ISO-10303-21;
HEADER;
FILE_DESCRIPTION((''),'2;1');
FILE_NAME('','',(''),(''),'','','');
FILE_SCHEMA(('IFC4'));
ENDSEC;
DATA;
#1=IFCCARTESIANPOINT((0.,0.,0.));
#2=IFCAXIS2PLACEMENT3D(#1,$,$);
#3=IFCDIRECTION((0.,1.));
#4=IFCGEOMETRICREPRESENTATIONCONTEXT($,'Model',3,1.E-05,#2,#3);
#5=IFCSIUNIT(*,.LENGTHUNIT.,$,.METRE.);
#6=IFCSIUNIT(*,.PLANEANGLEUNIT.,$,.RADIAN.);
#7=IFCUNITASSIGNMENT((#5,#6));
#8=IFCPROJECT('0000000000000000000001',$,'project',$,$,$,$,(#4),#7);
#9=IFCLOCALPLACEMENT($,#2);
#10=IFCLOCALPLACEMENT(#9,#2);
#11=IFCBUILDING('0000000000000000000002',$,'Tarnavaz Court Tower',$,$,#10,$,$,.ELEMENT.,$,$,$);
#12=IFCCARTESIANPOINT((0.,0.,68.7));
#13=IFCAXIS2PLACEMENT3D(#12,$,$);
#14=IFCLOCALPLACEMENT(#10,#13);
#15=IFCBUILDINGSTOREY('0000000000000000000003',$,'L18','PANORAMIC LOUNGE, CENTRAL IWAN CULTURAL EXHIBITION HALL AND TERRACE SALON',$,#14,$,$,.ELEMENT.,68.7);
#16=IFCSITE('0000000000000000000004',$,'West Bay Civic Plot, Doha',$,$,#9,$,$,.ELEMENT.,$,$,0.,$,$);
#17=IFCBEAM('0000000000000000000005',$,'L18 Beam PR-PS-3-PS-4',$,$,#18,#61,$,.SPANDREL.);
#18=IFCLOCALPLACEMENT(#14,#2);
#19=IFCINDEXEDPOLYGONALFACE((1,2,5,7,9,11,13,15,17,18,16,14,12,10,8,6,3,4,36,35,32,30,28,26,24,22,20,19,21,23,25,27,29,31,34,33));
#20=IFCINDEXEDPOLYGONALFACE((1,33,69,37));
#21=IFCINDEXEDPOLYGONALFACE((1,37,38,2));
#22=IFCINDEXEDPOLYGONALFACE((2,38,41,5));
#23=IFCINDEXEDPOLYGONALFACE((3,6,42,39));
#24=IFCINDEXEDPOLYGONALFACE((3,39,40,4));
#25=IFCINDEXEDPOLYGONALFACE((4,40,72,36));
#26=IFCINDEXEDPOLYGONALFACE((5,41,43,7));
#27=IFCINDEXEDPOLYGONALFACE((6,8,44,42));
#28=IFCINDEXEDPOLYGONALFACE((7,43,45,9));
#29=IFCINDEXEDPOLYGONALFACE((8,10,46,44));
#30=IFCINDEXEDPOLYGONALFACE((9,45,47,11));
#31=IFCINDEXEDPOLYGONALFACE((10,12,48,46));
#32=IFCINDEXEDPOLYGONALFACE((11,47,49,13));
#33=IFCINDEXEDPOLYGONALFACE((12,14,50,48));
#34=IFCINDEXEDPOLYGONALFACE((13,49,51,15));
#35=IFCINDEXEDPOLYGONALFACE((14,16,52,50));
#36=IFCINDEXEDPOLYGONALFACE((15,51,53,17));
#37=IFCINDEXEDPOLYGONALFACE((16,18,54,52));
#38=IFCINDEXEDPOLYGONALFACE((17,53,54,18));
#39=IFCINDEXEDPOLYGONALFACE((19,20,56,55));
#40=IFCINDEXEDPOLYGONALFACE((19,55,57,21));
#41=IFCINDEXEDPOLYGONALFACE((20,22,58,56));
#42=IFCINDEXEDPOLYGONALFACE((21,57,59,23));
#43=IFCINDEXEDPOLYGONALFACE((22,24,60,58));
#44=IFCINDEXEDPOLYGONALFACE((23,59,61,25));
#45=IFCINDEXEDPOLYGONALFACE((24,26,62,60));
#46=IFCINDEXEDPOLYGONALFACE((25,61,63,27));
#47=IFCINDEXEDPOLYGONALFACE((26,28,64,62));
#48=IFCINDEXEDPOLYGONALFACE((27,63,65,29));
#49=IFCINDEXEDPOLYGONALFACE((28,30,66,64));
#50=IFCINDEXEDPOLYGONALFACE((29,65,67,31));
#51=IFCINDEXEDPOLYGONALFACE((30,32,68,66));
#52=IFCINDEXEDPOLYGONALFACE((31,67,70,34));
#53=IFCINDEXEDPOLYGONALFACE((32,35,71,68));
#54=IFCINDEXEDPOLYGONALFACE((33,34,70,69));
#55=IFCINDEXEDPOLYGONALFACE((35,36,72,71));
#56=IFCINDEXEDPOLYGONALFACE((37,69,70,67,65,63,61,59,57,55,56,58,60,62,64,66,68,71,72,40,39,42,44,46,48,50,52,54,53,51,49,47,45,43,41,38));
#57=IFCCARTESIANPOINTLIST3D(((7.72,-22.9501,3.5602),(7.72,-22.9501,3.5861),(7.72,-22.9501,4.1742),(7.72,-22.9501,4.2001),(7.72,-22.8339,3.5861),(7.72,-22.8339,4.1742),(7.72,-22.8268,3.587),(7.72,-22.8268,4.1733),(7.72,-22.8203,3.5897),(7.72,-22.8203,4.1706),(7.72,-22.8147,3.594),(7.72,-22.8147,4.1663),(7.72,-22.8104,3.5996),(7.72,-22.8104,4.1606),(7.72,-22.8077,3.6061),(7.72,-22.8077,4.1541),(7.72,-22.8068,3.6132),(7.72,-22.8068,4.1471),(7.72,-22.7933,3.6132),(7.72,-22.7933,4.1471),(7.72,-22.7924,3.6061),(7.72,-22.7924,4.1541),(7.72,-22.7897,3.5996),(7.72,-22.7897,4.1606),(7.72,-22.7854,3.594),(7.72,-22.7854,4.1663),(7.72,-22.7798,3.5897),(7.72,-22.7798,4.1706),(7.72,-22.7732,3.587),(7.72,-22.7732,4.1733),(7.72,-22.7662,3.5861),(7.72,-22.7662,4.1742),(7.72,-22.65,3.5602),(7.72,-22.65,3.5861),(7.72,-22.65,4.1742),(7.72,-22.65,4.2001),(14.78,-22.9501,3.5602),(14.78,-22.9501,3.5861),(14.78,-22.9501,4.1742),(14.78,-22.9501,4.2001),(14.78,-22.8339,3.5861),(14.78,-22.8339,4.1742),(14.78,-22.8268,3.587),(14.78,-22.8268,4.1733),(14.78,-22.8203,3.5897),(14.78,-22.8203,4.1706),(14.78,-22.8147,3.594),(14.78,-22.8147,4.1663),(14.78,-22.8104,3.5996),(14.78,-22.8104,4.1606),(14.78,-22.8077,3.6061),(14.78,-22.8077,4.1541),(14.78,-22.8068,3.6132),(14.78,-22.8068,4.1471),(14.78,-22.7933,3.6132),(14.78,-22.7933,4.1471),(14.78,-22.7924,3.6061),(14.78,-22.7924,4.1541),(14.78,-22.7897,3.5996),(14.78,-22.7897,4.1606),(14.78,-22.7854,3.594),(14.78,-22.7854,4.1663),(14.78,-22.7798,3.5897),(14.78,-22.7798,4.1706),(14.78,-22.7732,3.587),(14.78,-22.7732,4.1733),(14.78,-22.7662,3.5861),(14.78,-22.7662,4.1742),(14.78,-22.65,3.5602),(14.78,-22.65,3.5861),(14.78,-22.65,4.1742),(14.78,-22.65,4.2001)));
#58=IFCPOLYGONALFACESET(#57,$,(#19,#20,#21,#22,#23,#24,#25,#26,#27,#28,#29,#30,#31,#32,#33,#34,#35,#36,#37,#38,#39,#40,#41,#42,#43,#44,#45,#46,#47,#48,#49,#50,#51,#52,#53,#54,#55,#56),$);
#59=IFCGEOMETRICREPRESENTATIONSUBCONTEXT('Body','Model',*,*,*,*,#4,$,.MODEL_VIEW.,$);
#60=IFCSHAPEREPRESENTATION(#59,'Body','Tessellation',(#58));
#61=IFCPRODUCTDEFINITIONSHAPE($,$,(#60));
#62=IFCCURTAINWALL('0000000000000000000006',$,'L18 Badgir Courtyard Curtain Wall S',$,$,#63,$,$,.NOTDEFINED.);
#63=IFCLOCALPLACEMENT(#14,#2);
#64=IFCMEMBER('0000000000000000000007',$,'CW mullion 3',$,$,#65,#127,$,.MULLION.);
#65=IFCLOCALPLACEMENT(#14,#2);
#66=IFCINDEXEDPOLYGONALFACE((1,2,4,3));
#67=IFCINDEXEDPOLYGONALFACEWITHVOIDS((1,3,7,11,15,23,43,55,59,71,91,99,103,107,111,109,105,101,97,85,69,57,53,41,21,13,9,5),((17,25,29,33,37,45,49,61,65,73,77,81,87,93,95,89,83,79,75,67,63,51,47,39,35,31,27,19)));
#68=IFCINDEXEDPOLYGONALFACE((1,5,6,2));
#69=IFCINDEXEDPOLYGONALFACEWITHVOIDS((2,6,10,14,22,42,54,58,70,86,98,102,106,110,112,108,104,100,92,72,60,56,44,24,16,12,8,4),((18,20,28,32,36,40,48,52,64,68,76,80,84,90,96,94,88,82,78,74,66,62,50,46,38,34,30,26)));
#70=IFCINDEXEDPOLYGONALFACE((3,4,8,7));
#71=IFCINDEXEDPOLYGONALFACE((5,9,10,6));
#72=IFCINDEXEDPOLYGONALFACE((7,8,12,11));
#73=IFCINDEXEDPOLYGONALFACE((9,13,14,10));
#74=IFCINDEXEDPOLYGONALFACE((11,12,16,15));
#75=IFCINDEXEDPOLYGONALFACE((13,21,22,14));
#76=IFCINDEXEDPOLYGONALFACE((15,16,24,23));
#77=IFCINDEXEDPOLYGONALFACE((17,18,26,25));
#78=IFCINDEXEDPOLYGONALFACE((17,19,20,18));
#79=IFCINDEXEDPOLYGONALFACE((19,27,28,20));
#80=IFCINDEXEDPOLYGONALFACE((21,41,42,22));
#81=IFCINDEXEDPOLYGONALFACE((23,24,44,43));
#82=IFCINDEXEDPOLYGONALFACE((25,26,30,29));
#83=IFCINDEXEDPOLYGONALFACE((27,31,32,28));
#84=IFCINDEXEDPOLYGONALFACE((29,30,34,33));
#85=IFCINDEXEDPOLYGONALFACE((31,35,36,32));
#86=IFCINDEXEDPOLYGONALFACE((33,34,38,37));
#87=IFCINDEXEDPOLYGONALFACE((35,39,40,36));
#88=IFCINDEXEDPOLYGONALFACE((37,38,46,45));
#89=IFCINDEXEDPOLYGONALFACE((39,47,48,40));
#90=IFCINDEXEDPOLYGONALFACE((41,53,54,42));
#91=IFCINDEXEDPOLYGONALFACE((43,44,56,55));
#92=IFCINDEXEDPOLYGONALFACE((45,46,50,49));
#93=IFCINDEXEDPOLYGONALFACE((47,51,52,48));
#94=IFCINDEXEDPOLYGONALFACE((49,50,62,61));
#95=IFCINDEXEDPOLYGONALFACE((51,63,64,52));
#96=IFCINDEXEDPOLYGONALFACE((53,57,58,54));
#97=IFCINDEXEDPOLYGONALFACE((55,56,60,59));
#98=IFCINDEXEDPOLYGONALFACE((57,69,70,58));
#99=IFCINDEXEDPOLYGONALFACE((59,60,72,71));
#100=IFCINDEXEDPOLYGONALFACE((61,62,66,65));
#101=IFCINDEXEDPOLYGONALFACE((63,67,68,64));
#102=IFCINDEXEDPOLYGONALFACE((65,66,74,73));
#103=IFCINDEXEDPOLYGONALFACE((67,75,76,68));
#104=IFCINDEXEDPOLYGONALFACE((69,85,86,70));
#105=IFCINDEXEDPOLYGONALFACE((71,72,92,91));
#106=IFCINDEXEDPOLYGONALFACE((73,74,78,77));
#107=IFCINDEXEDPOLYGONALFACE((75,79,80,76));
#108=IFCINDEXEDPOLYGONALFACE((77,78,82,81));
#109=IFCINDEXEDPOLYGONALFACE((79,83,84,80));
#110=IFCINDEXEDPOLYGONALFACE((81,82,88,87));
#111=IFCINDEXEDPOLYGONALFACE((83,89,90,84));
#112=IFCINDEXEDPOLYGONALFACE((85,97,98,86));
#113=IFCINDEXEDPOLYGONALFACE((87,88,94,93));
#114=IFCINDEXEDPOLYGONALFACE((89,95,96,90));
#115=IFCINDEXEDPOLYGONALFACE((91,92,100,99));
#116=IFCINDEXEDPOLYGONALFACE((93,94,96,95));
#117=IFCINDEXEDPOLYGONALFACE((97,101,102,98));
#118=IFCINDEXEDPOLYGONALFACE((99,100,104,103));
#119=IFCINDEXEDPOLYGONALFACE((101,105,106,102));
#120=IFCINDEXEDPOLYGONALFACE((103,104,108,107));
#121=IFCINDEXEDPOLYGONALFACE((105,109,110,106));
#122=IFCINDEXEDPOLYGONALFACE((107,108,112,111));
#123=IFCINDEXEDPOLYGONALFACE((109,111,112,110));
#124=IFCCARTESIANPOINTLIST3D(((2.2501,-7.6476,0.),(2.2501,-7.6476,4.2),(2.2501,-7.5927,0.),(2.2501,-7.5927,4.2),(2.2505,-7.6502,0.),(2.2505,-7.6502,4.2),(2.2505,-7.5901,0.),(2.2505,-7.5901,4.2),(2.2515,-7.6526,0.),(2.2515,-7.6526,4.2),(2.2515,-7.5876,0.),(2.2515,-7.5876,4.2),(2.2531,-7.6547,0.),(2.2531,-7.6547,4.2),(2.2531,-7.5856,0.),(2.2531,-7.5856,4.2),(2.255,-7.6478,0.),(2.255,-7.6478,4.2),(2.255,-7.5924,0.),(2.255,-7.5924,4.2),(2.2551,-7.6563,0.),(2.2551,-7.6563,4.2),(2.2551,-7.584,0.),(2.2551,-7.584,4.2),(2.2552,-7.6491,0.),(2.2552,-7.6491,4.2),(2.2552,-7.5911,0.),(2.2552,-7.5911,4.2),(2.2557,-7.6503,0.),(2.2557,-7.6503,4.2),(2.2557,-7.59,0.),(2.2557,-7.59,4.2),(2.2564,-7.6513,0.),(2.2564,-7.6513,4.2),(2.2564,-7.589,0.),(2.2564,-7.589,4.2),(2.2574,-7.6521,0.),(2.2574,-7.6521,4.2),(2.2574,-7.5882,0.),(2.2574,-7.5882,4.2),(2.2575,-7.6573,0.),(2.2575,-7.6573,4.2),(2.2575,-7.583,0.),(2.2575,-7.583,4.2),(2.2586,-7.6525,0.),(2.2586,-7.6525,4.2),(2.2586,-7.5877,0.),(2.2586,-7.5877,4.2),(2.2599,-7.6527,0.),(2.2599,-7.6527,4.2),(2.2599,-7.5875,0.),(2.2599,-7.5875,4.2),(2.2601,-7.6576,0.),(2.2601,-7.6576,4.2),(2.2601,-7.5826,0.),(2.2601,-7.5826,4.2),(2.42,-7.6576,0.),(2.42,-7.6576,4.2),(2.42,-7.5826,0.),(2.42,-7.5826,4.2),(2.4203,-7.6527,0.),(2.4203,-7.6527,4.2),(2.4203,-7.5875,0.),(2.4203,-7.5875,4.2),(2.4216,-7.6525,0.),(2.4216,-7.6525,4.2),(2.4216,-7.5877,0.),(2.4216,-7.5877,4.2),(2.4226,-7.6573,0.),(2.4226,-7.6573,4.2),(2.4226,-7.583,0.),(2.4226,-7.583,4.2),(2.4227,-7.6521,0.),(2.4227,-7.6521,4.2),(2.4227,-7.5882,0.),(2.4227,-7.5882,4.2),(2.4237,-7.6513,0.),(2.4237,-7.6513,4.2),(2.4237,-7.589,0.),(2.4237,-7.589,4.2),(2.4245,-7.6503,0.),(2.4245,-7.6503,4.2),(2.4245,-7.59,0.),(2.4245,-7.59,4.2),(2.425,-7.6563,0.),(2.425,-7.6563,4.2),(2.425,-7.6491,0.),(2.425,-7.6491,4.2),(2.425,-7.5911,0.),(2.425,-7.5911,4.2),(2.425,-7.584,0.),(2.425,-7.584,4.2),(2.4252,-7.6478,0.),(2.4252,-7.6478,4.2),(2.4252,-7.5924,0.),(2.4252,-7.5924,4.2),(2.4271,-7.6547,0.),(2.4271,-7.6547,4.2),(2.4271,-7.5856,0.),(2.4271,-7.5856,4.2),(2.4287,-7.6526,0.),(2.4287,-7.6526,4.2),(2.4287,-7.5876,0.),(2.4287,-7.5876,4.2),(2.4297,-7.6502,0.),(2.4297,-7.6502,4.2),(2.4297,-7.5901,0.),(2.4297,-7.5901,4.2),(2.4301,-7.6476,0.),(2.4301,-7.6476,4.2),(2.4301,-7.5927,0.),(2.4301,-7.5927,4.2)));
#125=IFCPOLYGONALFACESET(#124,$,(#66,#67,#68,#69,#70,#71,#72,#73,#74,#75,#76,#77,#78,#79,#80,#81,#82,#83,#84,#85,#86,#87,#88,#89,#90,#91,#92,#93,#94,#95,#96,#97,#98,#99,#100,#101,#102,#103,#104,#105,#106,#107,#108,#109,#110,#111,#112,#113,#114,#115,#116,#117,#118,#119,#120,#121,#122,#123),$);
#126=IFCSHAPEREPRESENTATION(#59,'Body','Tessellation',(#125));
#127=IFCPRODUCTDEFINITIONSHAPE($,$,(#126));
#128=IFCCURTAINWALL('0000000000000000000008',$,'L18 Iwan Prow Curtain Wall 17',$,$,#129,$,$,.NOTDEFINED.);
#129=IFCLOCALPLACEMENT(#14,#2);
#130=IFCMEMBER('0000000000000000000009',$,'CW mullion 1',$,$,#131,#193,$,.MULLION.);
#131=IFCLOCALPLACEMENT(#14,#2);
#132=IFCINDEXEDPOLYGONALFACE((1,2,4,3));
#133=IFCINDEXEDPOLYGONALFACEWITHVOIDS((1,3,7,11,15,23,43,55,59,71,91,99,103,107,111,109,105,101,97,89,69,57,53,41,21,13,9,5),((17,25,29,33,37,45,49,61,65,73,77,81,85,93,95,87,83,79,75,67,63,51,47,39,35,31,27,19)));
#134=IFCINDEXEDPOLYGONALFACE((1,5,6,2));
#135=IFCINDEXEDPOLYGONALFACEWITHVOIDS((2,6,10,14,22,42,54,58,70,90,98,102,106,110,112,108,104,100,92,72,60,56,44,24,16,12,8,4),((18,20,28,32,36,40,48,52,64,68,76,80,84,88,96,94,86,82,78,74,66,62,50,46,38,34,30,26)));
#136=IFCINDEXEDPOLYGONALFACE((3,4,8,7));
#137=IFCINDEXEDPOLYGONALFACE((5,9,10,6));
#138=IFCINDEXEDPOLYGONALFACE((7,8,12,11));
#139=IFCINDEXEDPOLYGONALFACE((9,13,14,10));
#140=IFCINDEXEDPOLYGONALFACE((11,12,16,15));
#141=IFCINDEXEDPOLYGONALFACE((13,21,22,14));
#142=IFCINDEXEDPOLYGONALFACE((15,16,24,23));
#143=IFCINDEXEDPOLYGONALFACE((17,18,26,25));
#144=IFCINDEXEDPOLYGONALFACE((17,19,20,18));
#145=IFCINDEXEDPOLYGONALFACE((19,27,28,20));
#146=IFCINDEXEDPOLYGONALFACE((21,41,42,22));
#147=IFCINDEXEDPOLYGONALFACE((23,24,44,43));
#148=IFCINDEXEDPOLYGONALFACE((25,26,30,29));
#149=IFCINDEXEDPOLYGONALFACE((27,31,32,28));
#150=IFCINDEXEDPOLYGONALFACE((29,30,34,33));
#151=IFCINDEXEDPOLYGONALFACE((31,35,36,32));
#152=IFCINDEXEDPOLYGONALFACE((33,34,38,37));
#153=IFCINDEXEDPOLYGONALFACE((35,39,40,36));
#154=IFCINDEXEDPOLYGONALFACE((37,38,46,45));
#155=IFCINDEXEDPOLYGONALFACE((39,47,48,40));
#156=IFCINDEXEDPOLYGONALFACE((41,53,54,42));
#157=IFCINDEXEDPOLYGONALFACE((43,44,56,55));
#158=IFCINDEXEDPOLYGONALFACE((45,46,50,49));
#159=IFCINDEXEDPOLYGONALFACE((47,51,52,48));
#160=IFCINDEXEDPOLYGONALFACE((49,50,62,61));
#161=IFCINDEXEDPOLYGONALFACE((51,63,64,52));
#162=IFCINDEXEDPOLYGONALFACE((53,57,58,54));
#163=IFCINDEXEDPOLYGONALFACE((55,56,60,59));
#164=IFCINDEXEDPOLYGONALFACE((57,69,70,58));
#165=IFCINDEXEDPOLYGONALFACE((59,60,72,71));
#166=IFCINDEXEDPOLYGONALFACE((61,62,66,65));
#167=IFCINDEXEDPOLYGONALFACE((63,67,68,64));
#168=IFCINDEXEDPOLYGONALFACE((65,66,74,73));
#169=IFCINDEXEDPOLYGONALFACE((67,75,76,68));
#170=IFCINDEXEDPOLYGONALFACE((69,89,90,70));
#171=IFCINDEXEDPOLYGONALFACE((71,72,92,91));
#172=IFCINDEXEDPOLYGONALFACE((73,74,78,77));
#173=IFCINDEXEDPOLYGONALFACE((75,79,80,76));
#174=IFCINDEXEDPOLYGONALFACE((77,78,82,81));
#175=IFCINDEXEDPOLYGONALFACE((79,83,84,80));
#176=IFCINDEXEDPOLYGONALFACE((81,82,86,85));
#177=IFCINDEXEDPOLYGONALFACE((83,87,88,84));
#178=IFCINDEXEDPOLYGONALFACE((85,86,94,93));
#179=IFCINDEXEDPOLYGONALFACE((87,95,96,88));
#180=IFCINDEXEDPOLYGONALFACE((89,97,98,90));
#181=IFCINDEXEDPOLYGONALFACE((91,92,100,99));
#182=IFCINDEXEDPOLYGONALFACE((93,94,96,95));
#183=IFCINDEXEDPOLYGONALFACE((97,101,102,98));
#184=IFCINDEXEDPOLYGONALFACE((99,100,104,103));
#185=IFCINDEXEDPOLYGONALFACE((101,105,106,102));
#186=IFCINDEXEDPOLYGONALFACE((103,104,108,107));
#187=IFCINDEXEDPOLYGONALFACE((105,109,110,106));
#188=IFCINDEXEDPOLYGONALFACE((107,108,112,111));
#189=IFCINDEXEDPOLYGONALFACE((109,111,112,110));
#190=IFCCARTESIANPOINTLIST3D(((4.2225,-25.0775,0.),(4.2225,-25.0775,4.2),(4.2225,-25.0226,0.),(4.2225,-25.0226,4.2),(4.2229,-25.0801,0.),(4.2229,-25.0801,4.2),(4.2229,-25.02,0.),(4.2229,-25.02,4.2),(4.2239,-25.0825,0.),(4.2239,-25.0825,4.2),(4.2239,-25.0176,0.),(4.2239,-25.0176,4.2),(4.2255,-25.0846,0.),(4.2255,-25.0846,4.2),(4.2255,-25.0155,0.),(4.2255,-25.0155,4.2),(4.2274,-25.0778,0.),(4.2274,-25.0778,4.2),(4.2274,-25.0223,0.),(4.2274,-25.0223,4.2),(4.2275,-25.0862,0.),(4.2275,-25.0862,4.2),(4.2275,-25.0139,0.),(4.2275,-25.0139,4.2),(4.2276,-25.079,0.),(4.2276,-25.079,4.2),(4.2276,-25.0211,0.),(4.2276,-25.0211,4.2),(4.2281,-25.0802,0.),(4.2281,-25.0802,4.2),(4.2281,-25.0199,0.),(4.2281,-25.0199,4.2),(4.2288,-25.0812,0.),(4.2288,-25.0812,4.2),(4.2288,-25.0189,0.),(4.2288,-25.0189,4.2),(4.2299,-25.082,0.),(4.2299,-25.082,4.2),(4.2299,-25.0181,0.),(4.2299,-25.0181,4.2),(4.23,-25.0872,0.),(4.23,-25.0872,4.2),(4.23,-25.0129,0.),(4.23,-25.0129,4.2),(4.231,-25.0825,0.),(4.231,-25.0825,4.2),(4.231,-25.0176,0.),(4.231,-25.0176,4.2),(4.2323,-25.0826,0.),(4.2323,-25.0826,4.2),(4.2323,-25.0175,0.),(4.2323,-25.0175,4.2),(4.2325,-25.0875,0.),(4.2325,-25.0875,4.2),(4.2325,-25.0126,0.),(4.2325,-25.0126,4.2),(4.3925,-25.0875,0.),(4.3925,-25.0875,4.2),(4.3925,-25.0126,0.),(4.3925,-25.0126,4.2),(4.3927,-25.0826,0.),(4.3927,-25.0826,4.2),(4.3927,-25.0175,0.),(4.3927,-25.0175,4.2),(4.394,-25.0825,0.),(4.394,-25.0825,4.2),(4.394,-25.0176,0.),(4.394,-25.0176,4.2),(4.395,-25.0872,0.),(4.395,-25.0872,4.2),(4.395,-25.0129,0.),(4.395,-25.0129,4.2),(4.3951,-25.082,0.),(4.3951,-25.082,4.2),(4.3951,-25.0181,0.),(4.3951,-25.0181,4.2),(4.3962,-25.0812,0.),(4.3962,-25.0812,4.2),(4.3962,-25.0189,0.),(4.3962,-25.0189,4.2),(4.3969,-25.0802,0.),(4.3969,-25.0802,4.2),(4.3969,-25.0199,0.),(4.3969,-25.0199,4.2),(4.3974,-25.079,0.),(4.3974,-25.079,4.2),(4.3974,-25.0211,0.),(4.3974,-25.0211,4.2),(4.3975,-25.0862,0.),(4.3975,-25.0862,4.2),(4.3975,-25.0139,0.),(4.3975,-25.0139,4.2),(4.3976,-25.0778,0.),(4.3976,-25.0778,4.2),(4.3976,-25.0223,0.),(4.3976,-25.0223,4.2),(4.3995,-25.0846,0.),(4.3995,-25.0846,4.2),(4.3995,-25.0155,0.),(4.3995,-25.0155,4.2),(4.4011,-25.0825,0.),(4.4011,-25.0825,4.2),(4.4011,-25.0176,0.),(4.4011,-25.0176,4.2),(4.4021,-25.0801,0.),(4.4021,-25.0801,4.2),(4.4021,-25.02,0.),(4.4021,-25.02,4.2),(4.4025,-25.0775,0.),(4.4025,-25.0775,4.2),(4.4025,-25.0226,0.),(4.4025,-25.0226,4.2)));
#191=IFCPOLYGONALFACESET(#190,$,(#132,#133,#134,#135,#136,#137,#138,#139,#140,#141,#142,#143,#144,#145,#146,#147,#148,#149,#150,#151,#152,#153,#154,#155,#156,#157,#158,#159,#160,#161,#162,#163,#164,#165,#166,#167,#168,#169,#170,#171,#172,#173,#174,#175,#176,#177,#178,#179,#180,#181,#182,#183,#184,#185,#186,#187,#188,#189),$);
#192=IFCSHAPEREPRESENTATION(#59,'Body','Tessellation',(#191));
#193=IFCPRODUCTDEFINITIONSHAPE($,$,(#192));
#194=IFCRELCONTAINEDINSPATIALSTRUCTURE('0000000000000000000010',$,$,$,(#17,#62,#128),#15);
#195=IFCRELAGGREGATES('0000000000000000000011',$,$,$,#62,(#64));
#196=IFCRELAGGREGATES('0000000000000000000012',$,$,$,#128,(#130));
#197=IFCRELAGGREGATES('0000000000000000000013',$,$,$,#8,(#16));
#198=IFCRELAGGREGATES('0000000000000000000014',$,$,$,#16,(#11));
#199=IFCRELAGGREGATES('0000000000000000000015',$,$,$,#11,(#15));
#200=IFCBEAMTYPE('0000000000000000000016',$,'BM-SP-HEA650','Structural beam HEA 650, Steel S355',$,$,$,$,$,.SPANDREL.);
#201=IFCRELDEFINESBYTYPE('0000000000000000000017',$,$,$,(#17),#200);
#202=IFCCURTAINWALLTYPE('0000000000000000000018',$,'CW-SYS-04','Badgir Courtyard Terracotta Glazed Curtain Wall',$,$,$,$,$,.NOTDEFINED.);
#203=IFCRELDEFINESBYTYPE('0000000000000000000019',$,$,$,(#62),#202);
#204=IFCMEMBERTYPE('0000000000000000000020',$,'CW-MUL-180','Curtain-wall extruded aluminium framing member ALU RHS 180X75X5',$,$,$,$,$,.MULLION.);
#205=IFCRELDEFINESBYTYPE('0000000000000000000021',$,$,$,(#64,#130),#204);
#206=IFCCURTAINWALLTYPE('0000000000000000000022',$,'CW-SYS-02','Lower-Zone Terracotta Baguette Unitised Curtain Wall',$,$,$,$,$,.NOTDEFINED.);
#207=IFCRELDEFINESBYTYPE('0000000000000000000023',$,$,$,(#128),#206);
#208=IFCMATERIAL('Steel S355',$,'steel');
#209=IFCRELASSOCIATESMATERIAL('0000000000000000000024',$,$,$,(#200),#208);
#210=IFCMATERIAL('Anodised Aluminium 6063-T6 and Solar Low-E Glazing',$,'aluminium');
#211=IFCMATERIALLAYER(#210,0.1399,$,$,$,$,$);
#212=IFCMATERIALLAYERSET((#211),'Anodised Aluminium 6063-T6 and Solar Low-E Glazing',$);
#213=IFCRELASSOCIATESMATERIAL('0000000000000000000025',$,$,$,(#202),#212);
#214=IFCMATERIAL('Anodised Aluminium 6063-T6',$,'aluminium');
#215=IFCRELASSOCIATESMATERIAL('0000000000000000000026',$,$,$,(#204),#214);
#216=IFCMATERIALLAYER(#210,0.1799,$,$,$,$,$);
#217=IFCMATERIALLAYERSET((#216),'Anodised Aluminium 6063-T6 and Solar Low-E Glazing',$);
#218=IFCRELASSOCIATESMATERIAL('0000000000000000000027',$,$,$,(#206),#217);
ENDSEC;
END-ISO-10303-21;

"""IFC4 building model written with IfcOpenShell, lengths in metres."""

from ifc_helpers import new_model, si_unit, direction, frame, origin, origin_2d, place, context, subcontext, project, spatial, hollow_rectangle, i_section, extrude, material, layer, layer_set, material_profile, profile_set, type_object, element, aggregate, save


model = new_model("IFC4")

# Units and contexts
model_context = context("Model", 3, precision=1e-05, world=origin(), true_north=direction((0.0, 1.0)))
body_context = subcontext(model_context, "Body", "Model", "MODEL_VIEW")
ifc_project = project(units=[si_unit("LENGTHUNIT", "METRE"), si_unit("PLANEANGLEUNIT", "RADIAN")], contexts=[model_context])

# Site, building, storey
site_placement = place(None, origin())
site = spatial("IfcSite", under=ifc_project, at=site_placement, Name="West Bay Civic Plot, Doha", CompositionType="ELEMENT", RefElevation=0.0)
building_placement = place(site_placement, origin())
building = spatial("IfcBuilding", under=site, at=building_placement, Name="Tarnavaz Court Tower", CompositionType="ELEMENT")
storey_placement = place(building_placement, frame((0.0, 0.0, 68.7)))
storey = spatial("IfcBuildingStorey", under=building, at=storey_placement, Name="L18", Description="PANORAMIC LOUNGE, CENTRAL IWAN CULTURAL EXHIBITION HALL AND TERRACE SALON", CompositionType="ELEMENT", Elevation=68.7)

# Beam
ifc_material_1 = material(Name="Steel S355", Category="steel")
ifc_material_profile_1 = material_profile(ifc_material_1, i_section(OverallWidth=0.3, OverallDepth=0.6399, WebThickness=0.0134, FlangeThickness=0.0259, FilletRadius=0.0271, at=origin_2d()), Name="HEA 650")
ifc_profile_set_1 = profile_set([ifc_material_profile_1], Name="Steel S355")
beam_type_1 = type_object("IfcBeamType", Name="BM-SP-HEA650", Description="Structural beam HEA 650, Steel S355", PredefinedType="SPANDREL", material=ifc_profile_set_1)
beam_1_placement = place(storey_placement, frame((7.72, -22.8, 3.8801), z_axis=(1.0, 0.0, 0.0), x_axis=(0.0, 1.0, 0.0)))
element("IfcBeam", 1, at=beam_1_placement, inside=storey, type_object=beam_type_1, Name="L18 Beam PR-PS-3-PS-4", PredefinedType="SPANDREL", context=body_context, shape_type="SweptSolid", body=[
    extrude(i_section(OverallWidth=0.3, OverallDepth=0.6399, WebThickness=0.0134, FlangeThickness=0.0259, FilletRadius=0.0271, at=origin_2d()), origin(), (0.0, 0.0, 1.0), 7.0601),
])

# Curtain wall, member
ifc_material_2 = material(Name="Anodised Aluminium 6063-T6 and Solar Low-E Glazing", Category="aluminium")
ifc_layer_1 = layer(ifc_material_2, 0.1399)
ifc_layer_set_1 = layer_set([ifc_layer_1], Name="Anodised Aluminium 6063-T6 and Solar Low-E Glazing")
curtain_wall_type_1 = type_object("IfcCurtainWallType", Name="CW-SYS-04", Description="Badgir Courtyard Terracotta Glazed Curtain Wall", PredefinedType="NOTDEFINED", material=ifc_layer_set_1)
curtain_wall_1_placement = place(storey_placement, origin())
curtain_wall_1 = element("IfcCurtainWall", 2, at=curtain_wall_1_placement, inside=storey, type_object=curtain_wall_type_1, Name="L18 Badgir Courtyard Curtain Wall S", PredefinedType="NOTDEFINED")
ifc_material_3 = material(Name="Anodised Aluminium 6063-T6", Category="aluminium")
ifc_material_profile_2 = material_profile(ifc_material_3, hollow_rectangle(XDim=0.075, YDim=0.1799, WallThickness=0.0049, InnerFilletRadius=0.0049, OuterFilletRadius=0.01, at=origin_2d()), Name="ALU RHS 180X75X5")
ifc_profile_set_2 = profile_set([ifc_material_profile_2], Name="Anodised Aluminium 6063-T6")
member_type_1 = type_object("IfcMemberType", Name="CW-MUL-180", Description="Curtain-wall extruded aluminium framing member ALU RHS 180X75X5", PredefinedType="MULLION", material=ifc_profile_set_2)
member_1_placement = place(storey_placement, frame((2.3401, -7.6201, 0.0), z_axis=(0.0, 0.0, 1.0), x_axis=(0.0, 1.0, 0.0)))
member_1 = element("IfcMember", 3, at=member_1_placement, type_object=member_type_1, Name="CW mullion 3", PredefinedType="MULLION", context=body_context, shape_type="SweptSolid", body=[
    extrude(hollow_rectangle(XDim=0.075, YDim=0.1799, WallThickness=0.0049, InnerFilletRadius=0.0049, OuterFilletRadius=0.01, at=origin_2d()), origin(), (0.0, 0.0, 1.0), 4.2),
])

# Curtain wall, member
ifc_layer_2 = layer(ifc_material_2, 0.1799)
ifc_layer_set_2 = layer_set([ifc_layer_2], Name="Anodised Aluminium 6063-T6 and Solar Low-E Glazing")
curtain_wall_type_2 = type_object("IfcCurtainWallType", Name="CW-SYS-02", Description="Lower-Zone Terracotta Baguette Unitised Curtain Wall", PredefinedType="NOTDEFINED", material=ifc_layer_set_2)
curtain_wall_2_placement = place(storey_placement, origin())
curtain_wall_2 = element("IfcCurtainWall", 4, at=curtain_wall_2_placement, inside=storey, type_object=curtain_wall_type_2, Name="L18 Iwan Prow Curtain Wall 17", PredefinedType="NOTDEFINED")
member_2_placement = place(storey_placement, frame((4.3125, -25.05, 0.0), z_axis=(0.0, 0.0, 1.0), x_axis=(0.0, -1.0, 0.0)))
member_2 = element("IfcMember", 5, at=member_2_placement, type_object=member_type_1, Name="CW mullion 1", PredefinedType="MULLION", context=body_context, shape_type="SweptSolid", body=[
    extrude(hollow_rectangle(XDim=0.075, YDim=0.1799, WallThickness=0.0049, InnerFilletRadius=0.0049, OuterFilletRadius=0.01, at=origin_2d()), origin(), (0.0, 0.0, 1.0), 4.2),
])

aggregate(curtain_wall_1, [member_1])
aggregate(curtain_wall_2, [member_2])

save(model, "model.ifc")
